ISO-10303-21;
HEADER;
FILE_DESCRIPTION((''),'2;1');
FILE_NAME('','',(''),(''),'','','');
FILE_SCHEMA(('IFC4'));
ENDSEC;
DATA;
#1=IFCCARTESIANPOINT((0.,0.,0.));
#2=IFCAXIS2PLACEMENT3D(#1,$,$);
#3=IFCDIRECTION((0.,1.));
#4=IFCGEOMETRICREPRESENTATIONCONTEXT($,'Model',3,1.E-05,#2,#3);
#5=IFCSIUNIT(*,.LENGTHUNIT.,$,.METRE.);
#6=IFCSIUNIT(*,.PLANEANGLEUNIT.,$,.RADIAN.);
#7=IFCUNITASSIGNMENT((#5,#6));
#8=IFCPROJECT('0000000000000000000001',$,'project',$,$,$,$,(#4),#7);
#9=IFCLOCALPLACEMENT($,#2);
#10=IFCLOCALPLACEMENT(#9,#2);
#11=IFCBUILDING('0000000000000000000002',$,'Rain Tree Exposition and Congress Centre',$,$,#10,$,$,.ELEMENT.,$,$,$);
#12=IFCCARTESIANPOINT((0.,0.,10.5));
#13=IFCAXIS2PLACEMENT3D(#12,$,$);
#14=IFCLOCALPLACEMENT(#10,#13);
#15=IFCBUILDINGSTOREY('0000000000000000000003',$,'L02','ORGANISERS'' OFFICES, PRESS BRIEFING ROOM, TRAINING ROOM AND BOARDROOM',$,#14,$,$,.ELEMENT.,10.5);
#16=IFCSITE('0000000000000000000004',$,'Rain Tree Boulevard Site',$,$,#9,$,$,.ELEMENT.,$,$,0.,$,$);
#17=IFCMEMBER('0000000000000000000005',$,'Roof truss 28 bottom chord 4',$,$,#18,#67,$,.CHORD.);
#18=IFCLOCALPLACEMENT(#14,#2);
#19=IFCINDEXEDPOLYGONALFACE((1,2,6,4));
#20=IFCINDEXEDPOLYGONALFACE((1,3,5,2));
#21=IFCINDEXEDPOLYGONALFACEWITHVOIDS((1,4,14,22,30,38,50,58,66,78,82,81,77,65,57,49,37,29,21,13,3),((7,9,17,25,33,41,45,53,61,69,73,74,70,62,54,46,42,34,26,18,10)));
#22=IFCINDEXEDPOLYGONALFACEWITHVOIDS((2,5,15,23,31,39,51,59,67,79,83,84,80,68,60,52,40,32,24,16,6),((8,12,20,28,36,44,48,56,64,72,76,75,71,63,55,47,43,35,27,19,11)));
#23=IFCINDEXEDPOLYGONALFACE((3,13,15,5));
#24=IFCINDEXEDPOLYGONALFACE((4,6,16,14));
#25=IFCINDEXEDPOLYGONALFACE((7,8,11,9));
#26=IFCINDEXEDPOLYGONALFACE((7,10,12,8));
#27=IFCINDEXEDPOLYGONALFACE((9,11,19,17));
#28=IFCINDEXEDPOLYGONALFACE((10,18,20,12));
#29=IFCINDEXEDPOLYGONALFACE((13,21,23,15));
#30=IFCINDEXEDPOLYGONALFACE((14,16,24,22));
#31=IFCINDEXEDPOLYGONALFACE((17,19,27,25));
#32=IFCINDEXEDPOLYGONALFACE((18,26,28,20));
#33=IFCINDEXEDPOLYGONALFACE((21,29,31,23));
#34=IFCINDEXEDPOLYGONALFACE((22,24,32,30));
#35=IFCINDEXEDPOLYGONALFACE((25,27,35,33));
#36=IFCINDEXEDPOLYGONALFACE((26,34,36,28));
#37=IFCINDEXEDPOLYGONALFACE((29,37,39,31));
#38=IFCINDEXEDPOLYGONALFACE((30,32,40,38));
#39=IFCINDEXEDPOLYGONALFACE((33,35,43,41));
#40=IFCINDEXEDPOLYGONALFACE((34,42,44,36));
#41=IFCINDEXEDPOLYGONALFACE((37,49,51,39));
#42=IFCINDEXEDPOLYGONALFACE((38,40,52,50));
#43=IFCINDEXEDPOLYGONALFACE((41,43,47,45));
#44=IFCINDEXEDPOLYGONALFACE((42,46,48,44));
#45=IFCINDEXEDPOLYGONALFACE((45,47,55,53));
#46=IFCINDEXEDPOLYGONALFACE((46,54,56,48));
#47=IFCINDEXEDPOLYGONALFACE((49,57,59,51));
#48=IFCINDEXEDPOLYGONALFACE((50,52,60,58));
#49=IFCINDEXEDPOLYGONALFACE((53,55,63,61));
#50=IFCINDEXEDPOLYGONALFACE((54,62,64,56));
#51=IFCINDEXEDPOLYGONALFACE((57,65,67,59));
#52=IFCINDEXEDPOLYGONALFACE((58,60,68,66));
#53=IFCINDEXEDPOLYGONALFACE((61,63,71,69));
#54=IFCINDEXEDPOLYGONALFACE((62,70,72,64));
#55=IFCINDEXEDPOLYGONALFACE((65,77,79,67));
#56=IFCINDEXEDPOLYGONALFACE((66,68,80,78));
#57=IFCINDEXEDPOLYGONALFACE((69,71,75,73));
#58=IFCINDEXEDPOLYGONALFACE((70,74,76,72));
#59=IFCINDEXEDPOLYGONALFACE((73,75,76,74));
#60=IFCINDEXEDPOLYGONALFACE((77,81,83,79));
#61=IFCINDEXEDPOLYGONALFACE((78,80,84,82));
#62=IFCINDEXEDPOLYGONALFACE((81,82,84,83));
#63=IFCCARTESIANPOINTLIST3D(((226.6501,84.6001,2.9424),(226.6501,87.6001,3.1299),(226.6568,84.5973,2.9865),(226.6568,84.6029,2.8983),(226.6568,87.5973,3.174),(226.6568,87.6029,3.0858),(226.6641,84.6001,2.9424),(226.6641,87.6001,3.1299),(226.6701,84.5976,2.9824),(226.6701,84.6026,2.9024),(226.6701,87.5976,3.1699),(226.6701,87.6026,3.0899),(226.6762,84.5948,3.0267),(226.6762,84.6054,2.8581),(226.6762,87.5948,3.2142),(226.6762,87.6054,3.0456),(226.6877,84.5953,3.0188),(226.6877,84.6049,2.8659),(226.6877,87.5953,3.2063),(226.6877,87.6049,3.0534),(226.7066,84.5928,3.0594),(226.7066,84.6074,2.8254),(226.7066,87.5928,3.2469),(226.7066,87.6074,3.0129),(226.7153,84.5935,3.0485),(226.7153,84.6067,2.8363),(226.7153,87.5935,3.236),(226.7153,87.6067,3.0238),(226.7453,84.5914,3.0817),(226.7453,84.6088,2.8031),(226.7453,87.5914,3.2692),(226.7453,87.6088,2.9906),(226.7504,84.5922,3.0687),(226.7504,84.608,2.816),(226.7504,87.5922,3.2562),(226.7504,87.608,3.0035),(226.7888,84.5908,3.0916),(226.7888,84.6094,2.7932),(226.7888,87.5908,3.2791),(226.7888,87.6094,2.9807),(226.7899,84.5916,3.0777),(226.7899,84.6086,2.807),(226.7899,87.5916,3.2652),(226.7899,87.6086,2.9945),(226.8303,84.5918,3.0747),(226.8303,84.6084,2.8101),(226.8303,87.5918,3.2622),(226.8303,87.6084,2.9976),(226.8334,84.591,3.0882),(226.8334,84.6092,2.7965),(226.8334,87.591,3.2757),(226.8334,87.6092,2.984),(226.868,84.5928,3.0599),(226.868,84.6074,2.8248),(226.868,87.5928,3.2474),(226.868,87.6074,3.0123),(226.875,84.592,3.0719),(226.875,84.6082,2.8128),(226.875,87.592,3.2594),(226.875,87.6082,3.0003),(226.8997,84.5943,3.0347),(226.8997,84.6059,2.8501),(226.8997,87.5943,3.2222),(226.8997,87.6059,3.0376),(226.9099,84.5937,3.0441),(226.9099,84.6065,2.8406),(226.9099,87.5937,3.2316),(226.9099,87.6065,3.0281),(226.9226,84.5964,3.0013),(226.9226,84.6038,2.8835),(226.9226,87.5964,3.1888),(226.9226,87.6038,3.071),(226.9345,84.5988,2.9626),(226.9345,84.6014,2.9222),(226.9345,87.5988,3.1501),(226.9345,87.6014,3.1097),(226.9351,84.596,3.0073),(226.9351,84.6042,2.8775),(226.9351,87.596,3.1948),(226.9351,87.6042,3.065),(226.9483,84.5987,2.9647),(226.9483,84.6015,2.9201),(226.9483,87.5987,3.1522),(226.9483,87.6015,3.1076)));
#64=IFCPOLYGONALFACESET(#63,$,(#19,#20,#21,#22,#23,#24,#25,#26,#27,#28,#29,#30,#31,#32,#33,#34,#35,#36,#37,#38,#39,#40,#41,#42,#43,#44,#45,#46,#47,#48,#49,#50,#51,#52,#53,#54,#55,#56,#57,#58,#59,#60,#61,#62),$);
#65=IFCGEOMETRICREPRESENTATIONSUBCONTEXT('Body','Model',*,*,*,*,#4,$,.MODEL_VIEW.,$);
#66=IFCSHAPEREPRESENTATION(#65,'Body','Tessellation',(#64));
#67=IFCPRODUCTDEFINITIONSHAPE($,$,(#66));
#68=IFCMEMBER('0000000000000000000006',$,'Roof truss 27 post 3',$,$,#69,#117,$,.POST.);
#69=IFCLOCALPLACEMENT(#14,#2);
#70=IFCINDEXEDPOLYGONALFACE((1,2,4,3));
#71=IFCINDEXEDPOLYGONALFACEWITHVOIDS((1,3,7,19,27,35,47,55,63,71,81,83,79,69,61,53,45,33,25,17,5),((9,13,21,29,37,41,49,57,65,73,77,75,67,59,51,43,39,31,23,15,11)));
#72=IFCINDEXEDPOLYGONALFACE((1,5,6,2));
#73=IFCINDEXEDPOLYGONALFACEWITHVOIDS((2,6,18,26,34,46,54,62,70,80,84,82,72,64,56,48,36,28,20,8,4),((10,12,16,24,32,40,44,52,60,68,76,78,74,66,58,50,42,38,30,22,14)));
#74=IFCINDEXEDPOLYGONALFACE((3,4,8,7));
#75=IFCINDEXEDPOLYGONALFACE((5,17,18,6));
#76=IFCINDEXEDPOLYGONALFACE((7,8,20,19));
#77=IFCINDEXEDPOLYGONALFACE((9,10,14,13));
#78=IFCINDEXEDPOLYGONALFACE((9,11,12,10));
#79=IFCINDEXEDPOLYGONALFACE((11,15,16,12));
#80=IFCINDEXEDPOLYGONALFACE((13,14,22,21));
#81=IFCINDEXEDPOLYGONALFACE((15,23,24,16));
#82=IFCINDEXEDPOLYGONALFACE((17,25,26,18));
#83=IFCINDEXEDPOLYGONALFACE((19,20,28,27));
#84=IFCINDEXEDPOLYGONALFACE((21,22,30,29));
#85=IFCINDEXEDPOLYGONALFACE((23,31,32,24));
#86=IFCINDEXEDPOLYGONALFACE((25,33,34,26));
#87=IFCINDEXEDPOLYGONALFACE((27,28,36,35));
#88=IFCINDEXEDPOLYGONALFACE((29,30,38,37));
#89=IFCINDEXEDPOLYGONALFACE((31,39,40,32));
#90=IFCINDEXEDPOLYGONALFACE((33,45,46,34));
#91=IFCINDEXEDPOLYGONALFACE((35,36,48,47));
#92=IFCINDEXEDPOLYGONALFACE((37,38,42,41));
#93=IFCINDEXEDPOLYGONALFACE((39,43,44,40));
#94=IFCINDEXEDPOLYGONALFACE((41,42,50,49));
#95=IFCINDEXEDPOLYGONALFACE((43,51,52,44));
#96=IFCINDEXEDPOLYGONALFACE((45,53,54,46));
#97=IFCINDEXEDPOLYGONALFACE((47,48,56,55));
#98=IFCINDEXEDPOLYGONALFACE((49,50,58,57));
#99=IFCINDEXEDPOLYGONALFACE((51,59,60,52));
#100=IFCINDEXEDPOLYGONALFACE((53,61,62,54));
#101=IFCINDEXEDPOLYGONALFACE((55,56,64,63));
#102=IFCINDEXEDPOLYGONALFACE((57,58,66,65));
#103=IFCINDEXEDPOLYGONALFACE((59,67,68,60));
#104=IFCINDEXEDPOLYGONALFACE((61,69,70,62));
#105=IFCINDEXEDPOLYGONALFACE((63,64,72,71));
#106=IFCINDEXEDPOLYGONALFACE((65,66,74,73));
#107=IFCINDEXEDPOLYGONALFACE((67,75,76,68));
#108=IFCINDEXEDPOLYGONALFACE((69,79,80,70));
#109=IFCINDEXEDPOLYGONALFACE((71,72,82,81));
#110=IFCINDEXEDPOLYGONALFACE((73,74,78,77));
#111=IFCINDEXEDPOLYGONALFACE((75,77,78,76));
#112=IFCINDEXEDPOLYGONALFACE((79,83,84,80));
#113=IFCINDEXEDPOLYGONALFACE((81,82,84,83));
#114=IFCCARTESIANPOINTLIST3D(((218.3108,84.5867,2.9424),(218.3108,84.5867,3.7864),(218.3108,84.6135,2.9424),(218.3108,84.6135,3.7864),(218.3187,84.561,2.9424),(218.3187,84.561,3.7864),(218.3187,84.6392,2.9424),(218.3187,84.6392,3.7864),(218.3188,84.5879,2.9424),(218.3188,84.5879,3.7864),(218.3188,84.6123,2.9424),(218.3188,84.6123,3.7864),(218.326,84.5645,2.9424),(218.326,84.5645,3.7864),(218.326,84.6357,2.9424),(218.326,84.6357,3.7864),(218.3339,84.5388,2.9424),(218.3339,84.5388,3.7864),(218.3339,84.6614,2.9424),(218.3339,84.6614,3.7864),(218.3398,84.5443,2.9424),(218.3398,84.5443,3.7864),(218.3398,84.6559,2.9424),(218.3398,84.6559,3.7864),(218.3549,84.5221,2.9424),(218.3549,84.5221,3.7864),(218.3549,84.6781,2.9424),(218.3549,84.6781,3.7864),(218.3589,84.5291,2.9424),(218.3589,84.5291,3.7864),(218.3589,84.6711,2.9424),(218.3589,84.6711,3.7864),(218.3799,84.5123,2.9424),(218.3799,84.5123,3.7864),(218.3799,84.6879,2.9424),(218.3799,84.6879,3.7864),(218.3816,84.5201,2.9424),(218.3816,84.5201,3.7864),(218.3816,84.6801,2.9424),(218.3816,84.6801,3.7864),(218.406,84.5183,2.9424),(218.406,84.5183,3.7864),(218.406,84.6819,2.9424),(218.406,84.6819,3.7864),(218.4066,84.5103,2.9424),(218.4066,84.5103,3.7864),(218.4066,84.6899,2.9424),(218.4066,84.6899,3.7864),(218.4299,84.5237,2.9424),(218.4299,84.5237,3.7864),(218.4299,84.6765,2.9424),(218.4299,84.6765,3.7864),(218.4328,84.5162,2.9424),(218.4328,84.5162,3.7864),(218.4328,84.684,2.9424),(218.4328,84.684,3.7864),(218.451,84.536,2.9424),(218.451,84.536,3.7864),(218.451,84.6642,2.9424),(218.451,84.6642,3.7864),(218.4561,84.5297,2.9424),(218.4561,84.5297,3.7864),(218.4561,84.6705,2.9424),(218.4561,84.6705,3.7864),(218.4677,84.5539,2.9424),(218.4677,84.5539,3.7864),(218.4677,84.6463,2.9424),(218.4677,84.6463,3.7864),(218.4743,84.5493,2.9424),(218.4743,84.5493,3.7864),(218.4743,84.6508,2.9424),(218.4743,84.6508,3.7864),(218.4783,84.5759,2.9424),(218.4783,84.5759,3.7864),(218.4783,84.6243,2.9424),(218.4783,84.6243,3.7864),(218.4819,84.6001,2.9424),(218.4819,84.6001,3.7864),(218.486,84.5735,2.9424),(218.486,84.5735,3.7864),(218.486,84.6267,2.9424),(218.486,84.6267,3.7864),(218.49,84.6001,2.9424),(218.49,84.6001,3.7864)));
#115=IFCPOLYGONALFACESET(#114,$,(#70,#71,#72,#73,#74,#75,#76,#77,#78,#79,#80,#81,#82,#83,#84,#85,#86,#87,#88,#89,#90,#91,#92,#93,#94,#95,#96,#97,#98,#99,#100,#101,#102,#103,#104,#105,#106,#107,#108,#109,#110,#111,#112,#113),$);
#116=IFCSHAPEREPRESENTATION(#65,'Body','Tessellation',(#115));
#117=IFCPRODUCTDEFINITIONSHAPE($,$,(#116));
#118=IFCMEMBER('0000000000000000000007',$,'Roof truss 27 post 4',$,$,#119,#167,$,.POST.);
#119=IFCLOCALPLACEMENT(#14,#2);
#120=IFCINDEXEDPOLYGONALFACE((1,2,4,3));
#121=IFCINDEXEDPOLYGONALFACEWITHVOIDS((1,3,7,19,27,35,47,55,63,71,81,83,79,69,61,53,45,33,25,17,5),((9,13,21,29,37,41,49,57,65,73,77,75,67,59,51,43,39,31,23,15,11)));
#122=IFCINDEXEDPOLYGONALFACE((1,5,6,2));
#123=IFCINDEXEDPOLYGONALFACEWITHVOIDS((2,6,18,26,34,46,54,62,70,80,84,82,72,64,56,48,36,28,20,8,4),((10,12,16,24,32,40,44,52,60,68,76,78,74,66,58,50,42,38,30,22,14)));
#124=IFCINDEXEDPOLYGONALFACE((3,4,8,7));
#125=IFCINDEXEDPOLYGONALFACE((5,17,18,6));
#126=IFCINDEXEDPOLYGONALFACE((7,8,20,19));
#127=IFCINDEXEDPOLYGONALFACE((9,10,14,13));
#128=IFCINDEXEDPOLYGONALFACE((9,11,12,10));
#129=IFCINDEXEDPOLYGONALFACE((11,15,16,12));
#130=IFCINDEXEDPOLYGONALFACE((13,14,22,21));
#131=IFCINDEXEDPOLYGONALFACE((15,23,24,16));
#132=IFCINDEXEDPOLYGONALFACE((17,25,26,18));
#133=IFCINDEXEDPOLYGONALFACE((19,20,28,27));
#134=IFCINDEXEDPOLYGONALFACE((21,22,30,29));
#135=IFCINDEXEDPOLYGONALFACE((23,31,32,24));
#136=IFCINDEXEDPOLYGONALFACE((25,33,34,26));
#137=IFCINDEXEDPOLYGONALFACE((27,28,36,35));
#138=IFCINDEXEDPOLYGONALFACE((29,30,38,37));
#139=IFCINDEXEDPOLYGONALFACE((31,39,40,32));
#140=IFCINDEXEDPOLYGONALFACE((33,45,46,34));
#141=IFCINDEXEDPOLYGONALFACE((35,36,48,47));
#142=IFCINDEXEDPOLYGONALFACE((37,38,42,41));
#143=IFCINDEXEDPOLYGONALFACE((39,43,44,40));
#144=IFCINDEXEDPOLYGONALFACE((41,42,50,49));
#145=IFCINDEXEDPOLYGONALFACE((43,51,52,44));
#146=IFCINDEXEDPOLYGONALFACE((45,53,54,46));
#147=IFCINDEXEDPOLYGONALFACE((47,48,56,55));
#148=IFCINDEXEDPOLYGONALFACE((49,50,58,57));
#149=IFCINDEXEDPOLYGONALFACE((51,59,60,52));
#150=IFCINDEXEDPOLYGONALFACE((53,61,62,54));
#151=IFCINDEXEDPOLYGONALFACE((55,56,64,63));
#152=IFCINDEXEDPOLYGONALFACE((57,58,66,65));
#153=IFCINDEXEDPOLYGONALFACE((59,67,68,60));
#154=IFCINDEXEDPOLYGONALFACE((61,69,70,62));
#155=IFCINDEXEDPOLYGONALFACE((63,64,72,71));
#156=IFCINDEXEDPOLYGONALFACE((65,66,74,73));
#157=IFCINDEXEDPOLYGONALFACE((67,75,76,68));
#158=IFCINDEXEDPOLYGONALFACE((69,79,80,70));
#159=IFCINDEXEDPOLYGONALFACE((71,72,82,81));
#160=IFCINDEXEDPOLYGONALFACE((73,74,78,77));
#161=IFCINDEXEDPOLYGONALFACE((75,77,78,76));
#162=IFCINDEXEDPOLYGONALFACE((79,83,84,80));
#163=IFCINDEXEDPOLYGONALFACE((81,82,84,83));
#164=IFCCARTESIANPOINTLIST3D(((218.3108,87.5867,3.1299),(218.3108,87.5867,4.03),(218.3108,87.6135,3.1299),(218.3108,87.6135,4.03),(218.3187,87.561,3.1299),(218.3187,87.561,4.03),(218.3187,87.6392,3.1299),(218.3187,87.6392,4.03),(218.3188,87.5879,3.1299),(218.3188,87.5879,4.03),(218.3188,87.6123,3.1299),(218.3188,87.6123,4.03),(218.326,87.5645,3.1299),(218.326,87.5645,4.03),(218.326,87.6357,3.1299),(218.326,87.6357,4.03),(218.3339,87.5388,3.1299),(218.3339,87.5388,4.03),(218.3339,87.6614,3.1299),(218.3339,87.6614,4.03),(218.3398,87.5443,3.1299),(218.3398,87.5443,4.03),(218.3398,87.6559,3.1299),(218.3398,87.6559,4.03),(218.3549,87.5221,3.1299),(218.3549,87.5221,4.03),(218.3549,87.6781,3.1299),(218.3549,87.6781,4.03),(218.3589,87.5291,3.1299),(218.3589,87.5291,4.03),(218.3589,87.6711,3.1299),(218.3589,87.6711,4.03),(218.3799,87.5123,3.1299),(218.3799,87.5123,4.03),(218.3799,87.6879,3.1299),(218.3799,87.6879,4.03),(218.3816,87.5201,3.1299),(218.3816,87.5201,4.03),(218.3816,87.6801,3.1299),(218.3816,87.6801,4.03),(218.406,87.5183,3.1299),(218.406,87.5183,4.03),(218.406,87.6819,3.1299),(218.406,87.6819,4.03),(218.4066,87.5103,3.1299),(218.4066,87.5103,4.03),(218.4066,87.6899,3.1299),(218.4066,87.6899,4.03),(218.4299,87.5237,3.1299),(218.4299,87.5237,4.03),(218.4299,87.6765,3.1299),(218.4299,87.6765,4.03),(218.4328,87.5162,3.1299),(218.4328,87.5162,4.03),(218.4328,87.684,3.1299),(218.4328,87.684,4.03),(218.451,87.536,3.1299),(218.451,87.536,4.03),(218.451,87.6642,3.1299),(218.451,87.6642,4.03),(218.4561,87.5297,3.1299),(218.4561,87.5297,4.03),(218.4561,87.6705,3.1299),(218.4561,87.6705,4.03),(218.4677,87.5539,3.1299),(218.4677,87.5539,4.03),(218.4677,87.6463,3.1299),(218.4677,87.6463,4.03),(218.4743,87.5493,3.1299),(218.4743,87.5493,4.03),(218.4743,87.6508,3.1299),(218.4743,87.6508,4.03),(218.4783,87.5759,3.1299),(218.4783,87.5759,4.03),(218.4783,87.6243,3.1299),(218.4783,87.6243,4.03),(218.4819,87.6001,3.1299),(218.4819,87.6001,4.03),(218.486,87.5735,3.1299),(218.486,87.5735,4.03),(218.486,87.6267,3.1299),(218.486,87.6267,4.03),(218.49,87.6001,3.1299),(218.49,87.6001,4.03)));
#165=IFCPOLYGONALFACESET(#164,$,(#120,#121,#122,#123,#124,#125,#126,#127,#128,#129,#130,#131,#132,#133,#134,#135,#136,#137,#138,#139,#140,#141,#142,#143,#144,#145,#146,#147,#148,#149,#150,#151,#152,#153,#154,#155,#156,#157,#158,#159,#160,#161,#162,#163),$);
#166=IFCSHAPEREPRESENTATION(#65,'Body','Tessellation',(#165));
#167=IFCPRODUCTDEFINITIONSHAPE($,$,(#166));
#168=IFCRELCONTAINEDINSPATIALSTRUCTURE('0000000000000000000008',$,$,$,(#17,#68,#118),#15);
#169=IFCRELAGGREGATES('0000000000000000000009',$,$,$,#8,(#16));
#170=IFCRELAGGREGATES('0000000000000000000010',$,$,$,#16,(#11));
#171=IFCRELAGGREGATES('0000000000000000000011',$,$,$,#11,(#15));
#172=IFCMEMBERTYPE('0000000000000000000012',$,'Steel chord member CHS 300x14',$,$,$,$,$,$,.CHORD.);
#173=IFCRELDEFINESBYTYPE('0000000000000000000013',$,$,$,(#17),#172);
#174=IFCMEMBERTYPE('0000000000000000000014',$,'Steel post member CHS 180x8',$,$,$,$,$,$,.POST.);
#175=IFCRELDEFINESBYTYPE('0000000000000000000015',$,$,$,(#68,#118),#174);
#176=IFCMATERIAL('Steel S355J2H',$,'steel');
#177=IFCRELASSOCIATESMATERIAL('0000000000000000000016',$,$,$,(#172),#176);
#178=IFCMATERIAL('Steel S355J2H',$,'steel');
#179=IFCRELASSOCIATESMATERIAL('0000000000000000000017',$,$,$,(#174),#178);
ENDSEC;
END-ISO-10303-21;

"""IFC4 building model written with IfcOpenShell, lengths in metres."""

from ifc_helpers import new_model, si_unit, direction, frame, origin, origin_2d, place, context, subcontext, project, spatial, hollow_circle, extrude, material, material_profile, profile_set, type_object, element, save


model = new_model("IFC4")

# Units and contexts
model_context = context("Model", 3, precision=1e-05, world=origin(), true_north=direction((0.0, 1.0)))
body_context = subcontext(model_context, "Body", "Model", "MODEL_VIEW")
ifc_project = project(units=[si_unit("LENGTHUNIT", "METRE"), si_unit("PLANEANGLEUNIT", "RADIAN")], contexts=[model_context])

# Site, building, storey
site_placement = place(None, origin())
site = spatial("IfcSite", under=ifc_project, at=site_placement, Name="Rain Tree Boulevard Site", CompositionType="ELEMENT", RefElevation=0.0)
building_placement = place(site_placement, origin())
building = spatial("IfcBuilding", under=site, at=building_placement, Name="Rain Tree Exposition and Congress Centre", CompositionType="ELEMENT")
storey_placement = place(building_placement, frame((0.0, 0.0, 10.5)))
storey = spatial("IfcBuildingStorey", under=building, at=storey_placement, Name="L02", Description="ORGANISERS' OFFICES, PRESS BRIEFING ROOM, TRAINING ROOM AND BOARDROOM", CompositionType="ELEMENT", Elevation=10.5)

# Members
ifc_material_1 = material(Name="Steel S355J2H", Category="steel")
ifc_material_profile_1 = material_profile(ifc_material_1, hollow_circle(Radius=0.1499, WallThickness=0.0139, at=origin_2d()), Name="CHS 300x14")
ifc_profile_set_1 = profile_set([ifc_material_profile_1], Name="Steel S355J2H")
member_type_1 = type_object("IfcMemberType", Name="Steel chord member CHS 300x14", PredefinedType="CHORD", material=ifc_profile_set_1)
member_1_placement = place(storey_placement, frame((226.8, 84.6001, 2.9424), z_axis=(0.0, 0.998053, 0.062378), x_axis=(-1.0, 0.0, 0.0)))
element("IfcMember", 1, at=member_1_placement, inside=storey, type_object=member_type_1, Name="Roof truss 28 bottom chord 4", PredefinedType="CHORD", context=body_context, shape_type="SweptSolid", body=[
    extrude(hollow_circle(Radius=0.1499, WallThickness=0.0139, at=origin_2d()), origin(), (0.0, 0.0, 1.0), 3.0059),
])
ifc_material_2 = material(Name="Steel S355J2H", Category="steel")
ifc_material_profile_2 = material_profile(ifc_material_2, hollow_circle(Radius=0.0901, WallThickness=0.0081, at=origin_2d()), Name="CHS 180x8")
ifc_profile_set_2 = profile_set([ifc_material_profile_2], Name="Steel S355J2H")
member_type_2 = type_object("IfcMemberType", Name="Steel post member CHS 180x8", PredefinedType="POST", material=ifc_profile_set_2)
member_2_placement = place(storey_placement, frame((218.3999, 84.6001, 2.9424), z_axis=(0.0, 0.0, 1.0), x_axis=(1.0, 0.0, 0.0)))
element("IfcMember", 2, at=member_2_placement, inside=storey, type_object=member_type_2, Name="Roof truss 27 post 3", PredefinedType="POST", context=body_context, shape_type="SweptSolid", body=[
    extrude(hollow_circle(Radius=0.0901, WallThickness=0.0081, at=origin_2d()), origin(), (0.0, 0.0, 1.0), 0.844),
])
member_3_placement = place(storey_placement, frame((218.3999, 87.6001, 3.1299), z_axis=(0.0, 0.0, 1.0), x_axis=(1.0, 0.0, 0.0)))
element("IfcMember", 3, at=member_3_placement, inside=storey, type_object=member_type_2, Name="Roof truss 27 post 4", PredefinedType="POST", context=body_context, shape_type="SweptSolid", body=[
    extrude(hollow_circle(Radius=0.0901, WallThickness=0.0081, at=origin_2d()), origin(), (0.0, 0.0, 1.0), 0.9001),
])

save(model, "model.ifc")
